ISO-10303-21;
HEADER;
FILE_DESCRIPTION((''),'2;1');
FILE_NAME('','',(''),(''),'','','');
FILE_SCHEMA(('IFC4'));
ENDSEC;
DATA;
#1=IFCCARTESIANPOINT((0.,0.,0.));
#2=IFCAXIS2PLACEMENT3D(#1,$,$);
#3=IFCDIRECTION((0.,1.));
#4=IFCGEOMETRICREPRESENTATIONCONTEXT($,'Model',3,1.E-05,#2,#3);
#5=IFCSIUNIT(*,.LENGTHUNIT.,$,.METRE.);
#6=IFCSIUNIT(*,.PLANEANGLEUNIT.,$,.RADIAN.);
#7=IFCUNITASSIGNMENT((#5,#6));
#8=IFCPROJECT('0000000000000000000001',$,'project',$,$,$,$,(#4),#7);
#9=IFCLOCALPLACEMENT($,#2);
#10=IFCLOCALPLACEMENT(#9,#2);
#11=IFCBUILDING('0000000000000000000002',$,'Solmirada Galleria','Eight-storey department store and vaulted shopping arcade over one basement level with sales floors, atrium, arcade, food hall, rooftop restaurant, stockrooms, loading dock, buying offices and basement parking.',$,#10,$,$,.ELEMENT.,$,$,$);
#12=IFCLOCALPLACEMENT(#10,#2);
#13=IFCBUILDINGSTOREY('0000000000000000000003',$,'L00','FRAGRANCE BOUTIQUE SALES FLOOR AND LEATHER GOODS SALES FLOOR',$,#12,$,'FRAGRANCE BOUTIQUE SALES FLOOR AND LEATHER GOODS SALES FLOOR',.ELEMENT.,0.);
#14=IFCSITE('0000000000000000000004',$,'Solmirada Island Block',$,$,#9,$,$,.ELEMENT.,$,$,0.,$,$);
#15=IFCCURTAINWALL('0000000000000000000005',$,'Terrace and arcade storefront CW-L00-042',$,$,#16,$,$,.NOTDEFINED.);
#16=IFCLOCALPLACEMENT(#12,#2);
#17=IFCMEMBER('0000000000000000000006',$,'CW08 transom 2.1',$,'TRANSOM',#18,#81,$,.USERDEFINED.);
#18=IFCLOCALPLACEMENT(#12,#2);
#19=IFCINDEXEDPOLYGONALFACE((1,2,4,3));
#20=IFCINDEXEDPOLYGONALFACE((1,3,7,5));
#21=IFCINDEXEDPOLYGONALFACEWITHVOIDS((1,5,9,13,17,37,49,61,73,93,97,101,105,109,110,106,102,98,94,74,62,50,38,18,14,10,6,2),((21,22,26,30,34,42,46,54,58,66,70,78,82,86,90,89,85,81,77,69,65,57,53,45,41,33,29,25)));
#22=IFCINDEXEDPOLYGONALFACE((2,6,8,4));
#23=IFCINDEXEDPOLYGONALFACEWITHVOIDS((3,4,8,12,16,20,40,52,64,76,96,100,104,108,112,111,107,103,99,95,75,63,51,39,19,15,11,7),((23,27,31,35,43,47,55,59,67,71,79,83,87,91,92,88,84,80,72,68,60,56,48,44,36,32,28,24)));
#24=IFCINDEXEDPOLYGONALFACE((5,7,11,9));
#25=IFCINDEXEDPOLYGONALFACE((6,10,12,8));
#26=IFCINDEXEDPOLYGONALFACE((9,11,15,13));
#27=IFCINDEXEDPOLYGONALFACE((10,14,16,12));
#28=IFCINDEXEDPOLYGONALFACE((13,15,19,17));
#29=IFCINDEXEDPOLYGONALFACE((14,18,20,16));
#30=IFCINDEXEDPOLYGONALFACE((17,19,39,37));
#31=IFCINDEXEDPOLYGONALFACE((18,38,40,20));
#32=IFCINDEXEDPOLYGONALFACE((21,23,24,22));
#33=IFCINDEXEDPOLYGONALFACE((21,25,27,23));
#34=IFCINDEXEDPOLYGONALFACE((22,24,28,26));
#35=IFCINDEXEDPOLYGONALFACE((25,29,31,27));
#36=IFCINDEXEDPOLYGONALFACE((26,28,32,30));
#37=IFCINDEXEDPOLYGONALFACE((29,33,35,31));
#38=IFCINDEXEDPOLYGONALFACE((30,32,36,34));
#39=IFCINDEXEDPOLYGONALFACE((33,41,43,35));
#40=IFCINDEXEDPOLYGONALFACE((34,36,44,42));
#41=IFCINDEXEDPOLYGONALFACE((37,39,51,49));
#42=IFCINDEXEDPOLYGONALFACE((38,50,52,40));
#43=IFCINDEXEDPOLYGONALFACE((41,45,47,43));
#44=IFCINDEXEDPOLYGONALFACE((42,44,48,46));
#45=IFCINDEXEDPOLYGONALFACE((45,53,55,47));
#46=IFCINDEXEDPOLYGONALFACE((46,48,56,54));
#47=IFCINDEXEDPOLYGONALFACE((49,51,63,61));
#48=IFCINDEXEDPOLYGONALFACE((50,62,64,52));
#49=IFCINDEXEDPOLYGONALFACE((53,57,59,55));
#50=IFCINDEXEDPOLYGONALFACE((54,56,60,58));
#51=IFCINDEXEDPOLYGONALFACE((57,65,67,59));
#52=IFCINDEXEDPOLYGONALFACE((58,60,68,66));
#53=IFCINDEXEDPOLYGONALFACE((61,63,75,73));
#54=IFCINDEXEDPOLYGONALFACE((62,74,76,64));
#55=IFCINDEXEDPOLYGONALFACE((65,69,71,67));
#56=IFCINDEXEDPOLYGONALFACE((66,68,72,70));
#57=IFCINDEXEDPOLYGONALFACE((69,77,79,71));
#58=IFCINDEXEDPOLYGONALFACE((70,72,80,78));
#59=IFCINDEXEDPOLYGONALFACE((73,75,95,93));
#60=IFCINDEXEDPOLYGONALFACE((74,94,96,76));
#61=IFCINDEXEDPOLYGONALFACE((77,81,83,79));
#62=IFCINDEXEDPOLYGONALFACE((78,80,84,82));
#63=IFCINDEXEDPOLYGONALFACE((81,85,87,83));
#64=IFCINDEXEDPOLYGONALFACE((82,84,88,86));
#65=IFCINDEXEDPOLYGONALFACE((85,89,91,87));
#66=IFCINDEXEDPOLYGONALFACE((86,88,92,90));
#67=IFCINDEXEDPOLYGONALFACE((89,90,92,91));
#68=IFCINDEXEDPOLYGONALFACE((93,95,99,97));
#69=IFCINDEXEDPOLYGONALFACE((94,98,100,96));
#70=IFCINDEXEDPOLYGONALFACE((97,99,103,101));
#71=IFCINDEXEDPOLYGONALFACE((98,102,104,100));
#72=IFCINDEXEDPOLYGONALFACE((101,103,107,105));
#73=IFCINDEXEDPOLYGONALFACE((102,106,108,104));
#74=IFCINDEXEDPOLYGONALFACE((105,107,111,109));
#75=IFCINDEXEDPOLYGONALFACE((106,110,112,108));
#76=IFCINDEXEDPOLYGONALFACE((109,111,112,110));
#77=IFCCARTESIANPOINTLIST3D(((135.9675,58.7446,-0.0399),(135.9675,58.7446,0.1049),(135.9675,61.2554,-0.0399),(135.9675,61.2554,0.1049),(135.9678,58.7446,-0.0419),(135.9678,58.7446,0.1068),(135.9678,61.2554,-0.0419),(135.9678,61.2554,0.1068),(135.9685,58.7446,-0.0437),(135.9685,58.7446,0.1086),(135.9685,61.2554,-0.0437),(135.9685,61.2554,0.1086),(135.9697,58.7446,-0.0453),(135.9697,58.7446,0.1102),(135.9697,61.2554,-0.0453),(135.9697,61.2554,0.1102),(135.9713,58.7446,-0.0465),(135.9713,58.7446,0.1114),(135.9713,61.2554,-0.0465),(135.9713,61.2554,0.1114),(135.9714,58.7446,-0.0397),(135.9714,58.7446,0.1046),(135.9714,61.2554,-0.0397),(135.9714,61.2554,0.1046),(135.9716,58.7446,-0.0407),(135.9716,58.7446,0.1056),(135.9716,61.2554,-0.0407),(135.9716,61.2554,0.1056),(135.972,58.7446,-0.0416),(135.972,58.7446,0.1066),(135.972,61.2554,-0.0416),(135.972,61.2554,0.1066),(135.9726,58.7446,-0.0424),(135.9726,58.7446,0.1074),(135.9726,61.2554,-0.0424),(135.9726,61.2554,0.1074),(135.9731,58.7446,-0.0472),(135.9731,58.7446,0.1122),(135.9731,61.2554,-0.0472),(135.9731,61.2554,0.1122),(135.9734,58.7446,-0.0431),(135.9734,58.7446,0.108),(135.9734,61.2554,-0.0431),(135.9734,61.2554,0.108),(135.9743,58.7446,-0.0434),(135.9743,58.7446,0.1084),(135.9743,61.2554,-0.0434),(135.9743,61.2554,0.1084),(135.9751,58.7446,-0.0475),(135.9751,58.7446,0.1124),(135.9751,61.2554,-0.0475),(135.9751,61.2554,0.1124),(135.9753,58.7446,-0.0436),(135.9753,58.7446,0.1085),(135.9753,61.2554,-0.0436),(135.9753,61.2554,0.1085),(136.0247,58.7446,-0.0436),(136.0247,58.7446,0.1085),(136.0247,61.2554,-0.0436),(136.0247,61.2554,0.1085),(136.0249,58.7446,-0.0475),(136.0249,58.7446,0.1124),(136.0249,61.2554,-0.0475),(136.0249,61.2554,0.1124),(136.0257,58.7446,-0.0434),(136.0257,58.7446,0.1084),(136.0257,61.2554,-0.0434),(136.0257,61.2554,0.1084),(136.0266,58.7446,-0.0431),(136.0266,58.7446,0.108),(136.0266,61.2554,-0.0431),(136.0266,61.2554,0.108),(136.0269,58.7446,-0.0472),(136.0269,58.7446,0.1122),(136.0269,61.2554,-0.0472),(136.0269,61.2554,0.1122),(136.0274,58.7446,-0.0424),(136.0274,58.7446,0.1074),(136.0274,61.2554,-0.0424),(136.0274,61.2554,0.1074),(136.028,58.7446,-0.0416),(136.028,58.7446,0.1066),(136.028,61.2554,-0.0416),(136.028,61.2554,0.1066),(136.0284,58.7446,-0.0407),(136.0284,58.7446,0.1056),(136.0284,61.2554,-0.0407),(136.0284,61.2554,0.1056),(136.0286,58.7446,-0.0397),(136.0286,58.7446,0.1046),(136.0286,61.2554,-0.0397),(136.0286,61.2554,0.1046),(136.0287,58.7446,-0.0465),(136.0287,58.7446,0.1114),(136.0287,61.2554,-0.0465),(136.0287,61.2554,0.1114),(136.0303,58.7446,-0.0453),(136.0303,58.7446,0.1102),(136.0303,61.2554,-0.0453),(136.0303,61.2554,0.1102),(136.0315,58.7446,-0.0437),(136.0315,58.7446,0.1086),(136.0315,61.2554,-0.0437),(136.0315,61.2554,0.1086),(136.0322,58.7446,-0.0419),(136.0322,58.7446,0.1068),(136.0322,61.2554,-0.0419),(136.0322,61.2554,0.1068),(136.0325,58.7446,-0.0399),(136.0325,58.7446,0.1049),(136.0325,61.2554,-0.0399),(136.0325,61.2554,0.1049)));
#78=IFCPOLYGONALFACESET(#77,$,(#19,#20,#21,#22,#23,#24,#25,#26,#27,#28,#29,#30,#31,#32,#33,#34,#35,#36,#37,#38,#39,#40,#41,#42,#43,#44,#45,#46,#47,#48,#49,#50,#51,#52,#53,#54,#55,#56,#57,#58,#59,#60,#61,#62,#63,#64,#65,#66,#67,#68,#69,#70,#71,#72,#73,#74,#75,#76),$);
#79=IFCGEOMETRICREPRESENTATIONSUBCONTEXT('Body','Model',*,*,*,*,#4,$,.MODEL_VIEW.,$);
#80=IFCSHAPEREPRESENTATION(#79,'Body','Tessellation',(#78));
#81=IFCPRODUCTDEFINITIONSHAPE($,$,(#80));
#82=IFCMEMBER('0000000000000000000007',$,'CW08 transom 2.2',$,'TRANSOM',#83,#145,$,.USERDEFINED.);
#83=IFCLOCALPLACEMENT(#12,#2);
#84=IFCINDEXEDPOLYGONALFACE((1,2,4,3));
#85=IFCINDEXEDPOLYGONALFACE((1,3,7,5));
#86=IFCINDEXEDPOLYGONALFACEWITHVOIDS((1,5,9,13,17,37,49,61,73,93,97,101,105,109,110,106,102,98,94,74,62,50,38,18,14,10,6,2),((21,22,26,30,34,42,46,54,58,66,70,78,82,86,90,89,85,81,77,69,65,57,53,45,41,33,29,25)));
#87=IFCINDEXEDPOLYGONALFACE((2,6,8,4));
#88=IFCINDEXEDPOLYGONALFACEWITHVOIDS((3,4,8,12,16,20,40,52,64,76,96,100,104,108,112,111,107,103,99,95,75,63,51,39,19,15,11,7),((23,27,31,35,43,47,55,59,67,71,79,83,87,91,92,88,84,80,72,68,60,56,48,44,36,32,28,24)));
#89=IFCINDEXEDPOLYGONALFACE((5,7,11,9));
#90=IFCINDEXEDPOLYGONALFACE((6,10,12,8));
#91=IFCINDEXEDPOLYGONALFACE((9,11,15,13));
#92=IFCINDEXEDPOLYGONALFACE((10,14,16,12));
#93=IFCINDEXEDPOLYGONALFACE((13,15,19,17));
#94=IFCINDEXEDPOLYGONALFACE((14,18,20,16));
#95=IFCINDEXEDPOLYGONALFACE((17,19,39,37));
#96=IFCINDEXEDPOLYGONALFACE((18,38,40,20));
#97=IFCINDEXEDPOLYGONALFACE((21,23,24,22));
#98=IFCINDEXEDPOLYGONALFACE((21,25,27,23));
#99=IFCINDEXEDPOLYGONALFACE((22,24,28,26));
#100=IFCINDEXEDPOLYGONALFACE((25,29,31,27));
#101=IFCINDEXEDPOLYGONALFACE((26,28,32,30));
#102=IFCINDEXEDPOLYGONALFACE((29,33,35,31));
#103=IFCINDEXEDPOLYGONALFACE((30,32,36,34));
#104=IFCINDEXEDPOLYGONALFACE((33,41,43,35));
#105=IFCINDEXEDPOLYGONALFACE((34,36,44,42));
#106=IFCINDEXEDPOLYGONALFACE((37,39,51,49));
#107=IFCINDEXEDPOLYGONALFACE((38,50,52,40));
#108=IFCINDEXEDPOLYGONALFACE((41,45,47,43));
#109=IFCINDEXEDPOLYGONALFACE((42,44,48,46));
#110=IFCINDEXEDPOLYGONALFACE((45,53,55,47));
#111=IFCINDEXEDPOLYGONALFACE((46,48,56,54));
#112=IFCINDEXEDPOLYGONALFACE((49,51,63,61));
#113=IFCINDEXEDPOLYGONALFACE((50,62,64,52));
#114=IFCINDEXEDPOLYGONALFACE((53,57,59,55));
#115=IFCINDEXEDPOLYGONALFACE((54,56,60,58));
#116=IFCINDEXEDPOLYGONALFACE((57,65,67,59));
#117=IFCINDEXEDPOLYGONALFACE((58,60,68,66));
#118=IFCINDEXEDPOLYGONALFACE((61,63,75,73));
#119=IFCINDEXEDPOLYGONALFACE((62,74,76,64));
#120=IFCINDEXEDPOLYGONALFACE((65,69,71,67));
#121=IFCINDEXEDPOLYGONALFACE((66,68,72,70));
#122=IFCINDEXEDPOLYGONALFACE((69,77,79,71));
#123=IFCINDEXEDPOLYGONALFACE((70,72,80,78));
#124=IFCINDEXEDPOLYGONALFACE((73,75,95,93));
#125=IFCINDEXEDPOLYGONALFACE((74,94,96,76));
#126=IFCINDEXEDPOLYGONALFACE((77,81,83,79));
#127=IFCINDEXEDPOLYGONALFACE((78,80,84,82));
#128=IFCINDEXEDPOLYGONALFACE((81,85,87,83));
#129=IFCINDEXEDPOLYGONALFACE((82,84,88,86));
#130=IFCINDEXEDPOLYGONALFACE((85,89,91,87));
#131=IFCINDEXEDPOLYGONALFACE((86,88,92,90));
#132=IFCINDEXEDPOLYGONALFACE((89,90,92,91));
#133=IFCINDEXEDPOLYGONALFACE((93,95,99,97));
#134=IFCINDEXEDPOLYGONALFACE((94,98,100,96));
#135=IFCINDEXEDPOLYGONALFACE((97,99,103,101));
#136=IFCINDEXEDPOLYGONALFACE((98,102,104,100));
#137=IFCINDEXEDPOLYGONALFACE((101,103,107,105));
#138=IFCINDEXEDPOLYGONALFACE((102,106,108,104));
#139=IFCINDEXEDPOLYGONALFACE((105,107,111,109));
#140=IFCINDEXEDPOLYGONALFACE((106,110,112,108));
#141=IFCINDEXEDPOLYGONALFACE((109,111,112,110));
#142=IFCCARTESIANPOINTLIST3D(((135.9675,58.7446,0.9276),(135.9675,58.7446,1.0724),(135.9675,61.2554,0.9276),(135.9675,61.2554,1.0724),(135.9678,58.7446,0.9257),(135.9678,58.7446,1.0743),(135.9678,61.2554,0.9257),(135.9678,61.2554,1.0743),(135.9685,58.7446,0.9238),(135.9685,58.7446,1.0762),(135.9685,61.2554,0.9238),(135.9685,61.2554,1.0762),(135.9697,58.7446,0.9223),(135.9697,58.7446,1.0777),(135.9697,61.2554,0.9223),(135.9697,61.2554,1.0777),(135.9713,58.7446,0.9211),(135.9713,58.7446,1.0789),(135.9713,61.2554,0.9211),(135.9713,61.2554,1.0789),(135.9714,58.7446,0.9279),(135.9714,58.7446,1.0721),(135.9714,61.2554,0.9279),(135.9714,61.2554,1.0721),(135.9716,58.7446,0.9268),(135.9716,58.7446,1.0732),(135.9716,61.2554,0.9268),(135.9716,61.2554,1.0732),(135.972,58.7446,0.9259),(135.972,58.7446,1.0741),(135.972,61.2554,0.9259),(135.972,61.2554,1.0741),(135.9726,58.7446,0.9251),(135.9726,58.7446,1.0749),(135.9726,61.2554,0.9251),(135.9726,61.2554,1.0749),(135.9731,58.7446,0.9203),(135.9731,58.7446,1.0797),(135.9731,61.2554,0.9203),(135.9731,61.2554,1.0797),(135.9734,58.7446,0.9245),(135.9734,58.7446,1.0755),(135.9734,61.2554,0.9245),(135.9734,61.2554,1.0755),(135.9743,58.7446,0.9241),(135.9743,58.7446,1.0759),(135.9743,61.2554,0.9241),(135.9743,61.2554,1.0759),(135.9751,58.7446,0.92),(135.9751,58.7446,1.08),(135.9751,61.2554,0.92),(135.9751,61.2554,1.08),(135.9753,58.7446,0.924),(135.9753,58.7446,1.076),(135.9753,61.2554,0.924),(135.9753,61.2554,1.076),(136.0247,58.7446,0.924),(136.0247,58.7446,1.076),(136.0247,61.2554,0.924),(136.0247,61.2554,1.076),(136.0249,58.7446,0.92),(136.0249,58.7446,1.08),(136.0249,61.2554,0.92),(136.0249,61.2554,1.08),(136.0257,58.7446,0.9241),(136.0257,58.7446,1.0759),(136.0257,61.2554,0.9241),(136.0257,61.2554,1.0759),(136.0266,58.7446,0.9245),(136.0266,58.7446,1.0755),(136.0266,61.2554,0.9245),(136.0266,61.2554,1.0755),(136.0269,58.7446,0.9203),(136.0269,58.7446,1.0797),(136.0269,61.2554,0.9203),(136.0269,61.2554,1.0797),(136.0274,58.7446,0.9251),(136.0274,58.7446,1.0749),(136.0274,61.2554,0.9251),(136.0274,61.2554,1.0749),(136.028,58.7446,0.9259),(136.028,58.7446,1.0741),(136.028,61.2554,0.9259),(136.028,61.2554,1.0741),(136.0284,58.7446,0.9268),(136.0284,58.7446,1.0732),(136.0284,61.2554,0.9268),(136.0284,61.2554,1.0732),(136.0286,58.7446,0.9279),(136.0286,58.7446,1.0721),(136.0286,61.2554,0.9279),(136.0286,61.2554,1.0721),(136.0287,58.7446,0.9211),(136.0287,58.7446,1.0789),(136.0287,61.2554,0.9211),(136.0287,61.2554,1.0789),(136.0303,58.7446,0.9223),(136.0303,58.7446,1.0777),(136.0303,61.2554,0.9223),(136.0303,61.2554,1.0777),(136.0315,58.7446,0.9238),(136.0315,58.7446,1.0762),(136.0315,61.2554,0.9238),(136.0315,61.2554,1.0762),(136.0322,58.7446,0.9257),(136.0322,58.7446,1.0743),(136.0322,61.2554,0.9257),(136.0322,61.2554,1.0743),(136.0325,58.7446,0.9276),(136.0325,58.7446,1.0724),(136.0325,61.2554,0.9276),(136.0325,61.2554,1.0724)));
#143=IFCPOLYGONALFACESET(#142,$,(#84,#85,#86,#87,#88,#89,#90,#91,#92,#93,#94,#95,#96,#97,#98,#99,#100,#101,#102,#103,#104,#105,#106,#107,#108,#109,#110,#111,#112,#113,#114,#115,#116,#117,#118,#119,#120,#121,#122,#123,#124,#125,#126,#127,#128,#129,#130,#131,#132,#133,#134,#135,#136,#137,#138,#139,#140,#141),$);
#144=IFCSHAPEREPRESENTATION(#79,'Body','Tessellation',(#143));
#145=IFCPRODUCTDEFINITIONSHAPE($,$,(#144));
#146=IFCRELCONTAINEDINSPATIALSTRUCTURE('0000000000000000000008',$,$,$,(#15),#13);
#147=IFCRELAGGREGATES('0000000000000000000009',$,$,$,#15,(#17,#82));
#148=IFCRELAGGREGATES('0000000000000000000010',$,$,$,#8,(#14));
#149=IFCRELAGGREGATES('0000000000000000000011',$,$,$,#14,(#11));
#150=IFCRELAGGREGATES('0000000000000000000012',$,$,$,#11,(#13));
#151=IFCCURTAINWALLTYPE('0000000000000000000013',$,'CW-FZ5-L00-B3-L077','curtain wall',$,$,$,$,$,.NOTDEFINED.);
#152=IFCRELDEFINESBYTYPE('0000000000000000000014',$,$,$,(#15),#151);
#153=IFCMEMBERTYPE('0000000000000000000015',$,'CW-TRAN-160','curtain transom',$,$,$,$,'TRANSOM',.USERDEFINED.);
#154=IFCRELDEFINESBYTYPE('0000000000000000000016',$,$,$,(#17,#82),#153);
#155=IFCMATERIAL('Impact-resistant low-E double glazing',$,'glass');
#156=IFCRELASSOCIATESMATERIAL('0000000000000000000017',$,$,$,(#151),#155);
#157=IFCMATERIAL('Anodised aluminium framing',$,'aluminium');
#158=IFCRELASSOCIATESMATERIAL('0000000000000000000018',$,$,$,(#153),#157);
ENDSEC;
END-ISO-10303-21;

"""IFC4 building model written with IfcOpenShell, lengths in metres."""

from ifc_helpers import new_model, si_unit, direction, frame, origin, origin_2d, place, context, subcontext, project, spatial, hollow_rectangle, extrude, material, material_profile, profile_set, type_object, element, aggregate, save


model = new_model("IFC4")

# Units and contexts
model_context = context("Model", 3, precision=1e-05, world=origin(), true_north=direction((0.0, 1.0)))
body_context = subcontext(model_context, "Body", "Model", "MODEL_VIEW")
ifc_project = project(units=[si_unit("LENGTHUNIT", "METRE"), si_unit("PLANEANGLEUNIT", "RADIAN")], contexts=[model_context])

# Site, building, storey
site_placement = place(None, origin())
site = spatial("IfcSite", under=ifc_project, at=site_placement, Name="Solmirada Island Block", CompositionType="ELEMENT", RefElevation=0.0)
building_placement = place(site_placement, origin())
building = spatial("IfcBuilding", under=site, at=building_placement, Name="Solmirada Galleria", Description="Eight-storey department store and vaulted shopping arcade over one basement level with sales floors, atrium, arcade, food hall, rooftop restaurant, stockrooms, loading dock, buying offices and basement parking.", CompositionType="ELEMENT")
storey_placement = place(building_placement, origin())
storey = spatial("IfcBuildingStorey", under=building, at=storey_placement, Name="L00", Description="FRAGRANCE BOUTIQUE SALES FLOOR AND LEATHER GOODS SALES FLOOR", LongName="FRAGRANCE BOUTIQUE SALES FLOOR AND LEATHER GOODS SALES FLOOR", CompositionType="ELEMENT", Elevation=0.0)

# Curtain wall, members
ifc_material_1 = material(Name="Impact-resistant low-E double glazing", Category="glass")
curtain_wall_type = type_object("IfcCurtainWallType", Name="CW-FZ5-L00-B3-L077", Description="curtain wall", PredefinedType="NOTDEFINED", material=ifc_material_1)
curtain_wall_1_placement = place(storey_placement, origin())
curtain_wall_1 = element("IfcCurtainWall", 1, at=curtain_wall_1_placement, inside=storey, type_object=curtain_wall_type, Name="Terrace and arcade storefront CW-L00-042", PredefinedType="NOTDEFINED")
ifc_material_2 = material(Name="Anodised aluminium framing", Category="aluminium")
ifc_material_profile_1 = material_profile(ifc_material_2, hollow_rectangle(XDim=0.0649, YDim=0.1599, WallThickness=0.0039, InnerFilletRadius=0.0039, OuterFilletRadius=0.0076, at=origin_2d()), Name="ALU-TRAN-160X65")
ifc_profile_set_1 = profile_set([ifc_material_profile_1], Name="Anodised aluminium framing")
member_type_1 = type_object("IfcMemberType", Name="CW-TRAN-160", Description="curtain transom", ElementType="TRANSOM", PredefinedType="USERDEFINED", material=ifc_profile_set_1)
member_1_placement = place(storey_placement, frame((136.0, 61.2554, 0.0325), z_axis=(0.0, -1.0, 0.0), x_axis=(1.0, 0.0, 0.0)))
member_1 = element("IfcMember", 2, at=member_1_placement, type_object=member_type_1, Name="CW08 transom 2.1", ObjectType="TRANSOM", PredefinedType="USERDEFINED", context=body_context, shape_type="SweptSolid", body=[
    extrude(hollow_rectangle(XDim=0.0649, YDim=0.1599, WallThickness=0.0039, InnerFilletRadius=0.0039, OuterFilletRadius=0.0076, at=origin_2d()), origin(), (0.0, 0.0, 1.0), 2.5107),
])
member_2_placement = place(storey_placement, frame((136.0, 61.2554, 1.0), z_axis=(0.0, -1.0, 0.0), x_axis=(1.0, 0.0, 0.0)))
member_2 = element("IfcMember", 3, at=member_2_placement, type_object=member_type_1, Name="CW08 transom 2.2", ObjectType="TRANSOM", PredefinedType="USERDEFINED", context=body_context, shape_type="SweptSolid", body=[
    extrude(hollow_rectangle(XDim=0.0649, YDim=0.1599, WallThickness=0.0039, InnerFilletRadius=0.0039, OuterFilletRadius=0.0076, at=origin_2d()), origin(), (0.0, 0.0, 1.0), 2.5107),
])

aggregate(curtain_wall_1, [member_1, member_2])

save(model, "model.ifc")
